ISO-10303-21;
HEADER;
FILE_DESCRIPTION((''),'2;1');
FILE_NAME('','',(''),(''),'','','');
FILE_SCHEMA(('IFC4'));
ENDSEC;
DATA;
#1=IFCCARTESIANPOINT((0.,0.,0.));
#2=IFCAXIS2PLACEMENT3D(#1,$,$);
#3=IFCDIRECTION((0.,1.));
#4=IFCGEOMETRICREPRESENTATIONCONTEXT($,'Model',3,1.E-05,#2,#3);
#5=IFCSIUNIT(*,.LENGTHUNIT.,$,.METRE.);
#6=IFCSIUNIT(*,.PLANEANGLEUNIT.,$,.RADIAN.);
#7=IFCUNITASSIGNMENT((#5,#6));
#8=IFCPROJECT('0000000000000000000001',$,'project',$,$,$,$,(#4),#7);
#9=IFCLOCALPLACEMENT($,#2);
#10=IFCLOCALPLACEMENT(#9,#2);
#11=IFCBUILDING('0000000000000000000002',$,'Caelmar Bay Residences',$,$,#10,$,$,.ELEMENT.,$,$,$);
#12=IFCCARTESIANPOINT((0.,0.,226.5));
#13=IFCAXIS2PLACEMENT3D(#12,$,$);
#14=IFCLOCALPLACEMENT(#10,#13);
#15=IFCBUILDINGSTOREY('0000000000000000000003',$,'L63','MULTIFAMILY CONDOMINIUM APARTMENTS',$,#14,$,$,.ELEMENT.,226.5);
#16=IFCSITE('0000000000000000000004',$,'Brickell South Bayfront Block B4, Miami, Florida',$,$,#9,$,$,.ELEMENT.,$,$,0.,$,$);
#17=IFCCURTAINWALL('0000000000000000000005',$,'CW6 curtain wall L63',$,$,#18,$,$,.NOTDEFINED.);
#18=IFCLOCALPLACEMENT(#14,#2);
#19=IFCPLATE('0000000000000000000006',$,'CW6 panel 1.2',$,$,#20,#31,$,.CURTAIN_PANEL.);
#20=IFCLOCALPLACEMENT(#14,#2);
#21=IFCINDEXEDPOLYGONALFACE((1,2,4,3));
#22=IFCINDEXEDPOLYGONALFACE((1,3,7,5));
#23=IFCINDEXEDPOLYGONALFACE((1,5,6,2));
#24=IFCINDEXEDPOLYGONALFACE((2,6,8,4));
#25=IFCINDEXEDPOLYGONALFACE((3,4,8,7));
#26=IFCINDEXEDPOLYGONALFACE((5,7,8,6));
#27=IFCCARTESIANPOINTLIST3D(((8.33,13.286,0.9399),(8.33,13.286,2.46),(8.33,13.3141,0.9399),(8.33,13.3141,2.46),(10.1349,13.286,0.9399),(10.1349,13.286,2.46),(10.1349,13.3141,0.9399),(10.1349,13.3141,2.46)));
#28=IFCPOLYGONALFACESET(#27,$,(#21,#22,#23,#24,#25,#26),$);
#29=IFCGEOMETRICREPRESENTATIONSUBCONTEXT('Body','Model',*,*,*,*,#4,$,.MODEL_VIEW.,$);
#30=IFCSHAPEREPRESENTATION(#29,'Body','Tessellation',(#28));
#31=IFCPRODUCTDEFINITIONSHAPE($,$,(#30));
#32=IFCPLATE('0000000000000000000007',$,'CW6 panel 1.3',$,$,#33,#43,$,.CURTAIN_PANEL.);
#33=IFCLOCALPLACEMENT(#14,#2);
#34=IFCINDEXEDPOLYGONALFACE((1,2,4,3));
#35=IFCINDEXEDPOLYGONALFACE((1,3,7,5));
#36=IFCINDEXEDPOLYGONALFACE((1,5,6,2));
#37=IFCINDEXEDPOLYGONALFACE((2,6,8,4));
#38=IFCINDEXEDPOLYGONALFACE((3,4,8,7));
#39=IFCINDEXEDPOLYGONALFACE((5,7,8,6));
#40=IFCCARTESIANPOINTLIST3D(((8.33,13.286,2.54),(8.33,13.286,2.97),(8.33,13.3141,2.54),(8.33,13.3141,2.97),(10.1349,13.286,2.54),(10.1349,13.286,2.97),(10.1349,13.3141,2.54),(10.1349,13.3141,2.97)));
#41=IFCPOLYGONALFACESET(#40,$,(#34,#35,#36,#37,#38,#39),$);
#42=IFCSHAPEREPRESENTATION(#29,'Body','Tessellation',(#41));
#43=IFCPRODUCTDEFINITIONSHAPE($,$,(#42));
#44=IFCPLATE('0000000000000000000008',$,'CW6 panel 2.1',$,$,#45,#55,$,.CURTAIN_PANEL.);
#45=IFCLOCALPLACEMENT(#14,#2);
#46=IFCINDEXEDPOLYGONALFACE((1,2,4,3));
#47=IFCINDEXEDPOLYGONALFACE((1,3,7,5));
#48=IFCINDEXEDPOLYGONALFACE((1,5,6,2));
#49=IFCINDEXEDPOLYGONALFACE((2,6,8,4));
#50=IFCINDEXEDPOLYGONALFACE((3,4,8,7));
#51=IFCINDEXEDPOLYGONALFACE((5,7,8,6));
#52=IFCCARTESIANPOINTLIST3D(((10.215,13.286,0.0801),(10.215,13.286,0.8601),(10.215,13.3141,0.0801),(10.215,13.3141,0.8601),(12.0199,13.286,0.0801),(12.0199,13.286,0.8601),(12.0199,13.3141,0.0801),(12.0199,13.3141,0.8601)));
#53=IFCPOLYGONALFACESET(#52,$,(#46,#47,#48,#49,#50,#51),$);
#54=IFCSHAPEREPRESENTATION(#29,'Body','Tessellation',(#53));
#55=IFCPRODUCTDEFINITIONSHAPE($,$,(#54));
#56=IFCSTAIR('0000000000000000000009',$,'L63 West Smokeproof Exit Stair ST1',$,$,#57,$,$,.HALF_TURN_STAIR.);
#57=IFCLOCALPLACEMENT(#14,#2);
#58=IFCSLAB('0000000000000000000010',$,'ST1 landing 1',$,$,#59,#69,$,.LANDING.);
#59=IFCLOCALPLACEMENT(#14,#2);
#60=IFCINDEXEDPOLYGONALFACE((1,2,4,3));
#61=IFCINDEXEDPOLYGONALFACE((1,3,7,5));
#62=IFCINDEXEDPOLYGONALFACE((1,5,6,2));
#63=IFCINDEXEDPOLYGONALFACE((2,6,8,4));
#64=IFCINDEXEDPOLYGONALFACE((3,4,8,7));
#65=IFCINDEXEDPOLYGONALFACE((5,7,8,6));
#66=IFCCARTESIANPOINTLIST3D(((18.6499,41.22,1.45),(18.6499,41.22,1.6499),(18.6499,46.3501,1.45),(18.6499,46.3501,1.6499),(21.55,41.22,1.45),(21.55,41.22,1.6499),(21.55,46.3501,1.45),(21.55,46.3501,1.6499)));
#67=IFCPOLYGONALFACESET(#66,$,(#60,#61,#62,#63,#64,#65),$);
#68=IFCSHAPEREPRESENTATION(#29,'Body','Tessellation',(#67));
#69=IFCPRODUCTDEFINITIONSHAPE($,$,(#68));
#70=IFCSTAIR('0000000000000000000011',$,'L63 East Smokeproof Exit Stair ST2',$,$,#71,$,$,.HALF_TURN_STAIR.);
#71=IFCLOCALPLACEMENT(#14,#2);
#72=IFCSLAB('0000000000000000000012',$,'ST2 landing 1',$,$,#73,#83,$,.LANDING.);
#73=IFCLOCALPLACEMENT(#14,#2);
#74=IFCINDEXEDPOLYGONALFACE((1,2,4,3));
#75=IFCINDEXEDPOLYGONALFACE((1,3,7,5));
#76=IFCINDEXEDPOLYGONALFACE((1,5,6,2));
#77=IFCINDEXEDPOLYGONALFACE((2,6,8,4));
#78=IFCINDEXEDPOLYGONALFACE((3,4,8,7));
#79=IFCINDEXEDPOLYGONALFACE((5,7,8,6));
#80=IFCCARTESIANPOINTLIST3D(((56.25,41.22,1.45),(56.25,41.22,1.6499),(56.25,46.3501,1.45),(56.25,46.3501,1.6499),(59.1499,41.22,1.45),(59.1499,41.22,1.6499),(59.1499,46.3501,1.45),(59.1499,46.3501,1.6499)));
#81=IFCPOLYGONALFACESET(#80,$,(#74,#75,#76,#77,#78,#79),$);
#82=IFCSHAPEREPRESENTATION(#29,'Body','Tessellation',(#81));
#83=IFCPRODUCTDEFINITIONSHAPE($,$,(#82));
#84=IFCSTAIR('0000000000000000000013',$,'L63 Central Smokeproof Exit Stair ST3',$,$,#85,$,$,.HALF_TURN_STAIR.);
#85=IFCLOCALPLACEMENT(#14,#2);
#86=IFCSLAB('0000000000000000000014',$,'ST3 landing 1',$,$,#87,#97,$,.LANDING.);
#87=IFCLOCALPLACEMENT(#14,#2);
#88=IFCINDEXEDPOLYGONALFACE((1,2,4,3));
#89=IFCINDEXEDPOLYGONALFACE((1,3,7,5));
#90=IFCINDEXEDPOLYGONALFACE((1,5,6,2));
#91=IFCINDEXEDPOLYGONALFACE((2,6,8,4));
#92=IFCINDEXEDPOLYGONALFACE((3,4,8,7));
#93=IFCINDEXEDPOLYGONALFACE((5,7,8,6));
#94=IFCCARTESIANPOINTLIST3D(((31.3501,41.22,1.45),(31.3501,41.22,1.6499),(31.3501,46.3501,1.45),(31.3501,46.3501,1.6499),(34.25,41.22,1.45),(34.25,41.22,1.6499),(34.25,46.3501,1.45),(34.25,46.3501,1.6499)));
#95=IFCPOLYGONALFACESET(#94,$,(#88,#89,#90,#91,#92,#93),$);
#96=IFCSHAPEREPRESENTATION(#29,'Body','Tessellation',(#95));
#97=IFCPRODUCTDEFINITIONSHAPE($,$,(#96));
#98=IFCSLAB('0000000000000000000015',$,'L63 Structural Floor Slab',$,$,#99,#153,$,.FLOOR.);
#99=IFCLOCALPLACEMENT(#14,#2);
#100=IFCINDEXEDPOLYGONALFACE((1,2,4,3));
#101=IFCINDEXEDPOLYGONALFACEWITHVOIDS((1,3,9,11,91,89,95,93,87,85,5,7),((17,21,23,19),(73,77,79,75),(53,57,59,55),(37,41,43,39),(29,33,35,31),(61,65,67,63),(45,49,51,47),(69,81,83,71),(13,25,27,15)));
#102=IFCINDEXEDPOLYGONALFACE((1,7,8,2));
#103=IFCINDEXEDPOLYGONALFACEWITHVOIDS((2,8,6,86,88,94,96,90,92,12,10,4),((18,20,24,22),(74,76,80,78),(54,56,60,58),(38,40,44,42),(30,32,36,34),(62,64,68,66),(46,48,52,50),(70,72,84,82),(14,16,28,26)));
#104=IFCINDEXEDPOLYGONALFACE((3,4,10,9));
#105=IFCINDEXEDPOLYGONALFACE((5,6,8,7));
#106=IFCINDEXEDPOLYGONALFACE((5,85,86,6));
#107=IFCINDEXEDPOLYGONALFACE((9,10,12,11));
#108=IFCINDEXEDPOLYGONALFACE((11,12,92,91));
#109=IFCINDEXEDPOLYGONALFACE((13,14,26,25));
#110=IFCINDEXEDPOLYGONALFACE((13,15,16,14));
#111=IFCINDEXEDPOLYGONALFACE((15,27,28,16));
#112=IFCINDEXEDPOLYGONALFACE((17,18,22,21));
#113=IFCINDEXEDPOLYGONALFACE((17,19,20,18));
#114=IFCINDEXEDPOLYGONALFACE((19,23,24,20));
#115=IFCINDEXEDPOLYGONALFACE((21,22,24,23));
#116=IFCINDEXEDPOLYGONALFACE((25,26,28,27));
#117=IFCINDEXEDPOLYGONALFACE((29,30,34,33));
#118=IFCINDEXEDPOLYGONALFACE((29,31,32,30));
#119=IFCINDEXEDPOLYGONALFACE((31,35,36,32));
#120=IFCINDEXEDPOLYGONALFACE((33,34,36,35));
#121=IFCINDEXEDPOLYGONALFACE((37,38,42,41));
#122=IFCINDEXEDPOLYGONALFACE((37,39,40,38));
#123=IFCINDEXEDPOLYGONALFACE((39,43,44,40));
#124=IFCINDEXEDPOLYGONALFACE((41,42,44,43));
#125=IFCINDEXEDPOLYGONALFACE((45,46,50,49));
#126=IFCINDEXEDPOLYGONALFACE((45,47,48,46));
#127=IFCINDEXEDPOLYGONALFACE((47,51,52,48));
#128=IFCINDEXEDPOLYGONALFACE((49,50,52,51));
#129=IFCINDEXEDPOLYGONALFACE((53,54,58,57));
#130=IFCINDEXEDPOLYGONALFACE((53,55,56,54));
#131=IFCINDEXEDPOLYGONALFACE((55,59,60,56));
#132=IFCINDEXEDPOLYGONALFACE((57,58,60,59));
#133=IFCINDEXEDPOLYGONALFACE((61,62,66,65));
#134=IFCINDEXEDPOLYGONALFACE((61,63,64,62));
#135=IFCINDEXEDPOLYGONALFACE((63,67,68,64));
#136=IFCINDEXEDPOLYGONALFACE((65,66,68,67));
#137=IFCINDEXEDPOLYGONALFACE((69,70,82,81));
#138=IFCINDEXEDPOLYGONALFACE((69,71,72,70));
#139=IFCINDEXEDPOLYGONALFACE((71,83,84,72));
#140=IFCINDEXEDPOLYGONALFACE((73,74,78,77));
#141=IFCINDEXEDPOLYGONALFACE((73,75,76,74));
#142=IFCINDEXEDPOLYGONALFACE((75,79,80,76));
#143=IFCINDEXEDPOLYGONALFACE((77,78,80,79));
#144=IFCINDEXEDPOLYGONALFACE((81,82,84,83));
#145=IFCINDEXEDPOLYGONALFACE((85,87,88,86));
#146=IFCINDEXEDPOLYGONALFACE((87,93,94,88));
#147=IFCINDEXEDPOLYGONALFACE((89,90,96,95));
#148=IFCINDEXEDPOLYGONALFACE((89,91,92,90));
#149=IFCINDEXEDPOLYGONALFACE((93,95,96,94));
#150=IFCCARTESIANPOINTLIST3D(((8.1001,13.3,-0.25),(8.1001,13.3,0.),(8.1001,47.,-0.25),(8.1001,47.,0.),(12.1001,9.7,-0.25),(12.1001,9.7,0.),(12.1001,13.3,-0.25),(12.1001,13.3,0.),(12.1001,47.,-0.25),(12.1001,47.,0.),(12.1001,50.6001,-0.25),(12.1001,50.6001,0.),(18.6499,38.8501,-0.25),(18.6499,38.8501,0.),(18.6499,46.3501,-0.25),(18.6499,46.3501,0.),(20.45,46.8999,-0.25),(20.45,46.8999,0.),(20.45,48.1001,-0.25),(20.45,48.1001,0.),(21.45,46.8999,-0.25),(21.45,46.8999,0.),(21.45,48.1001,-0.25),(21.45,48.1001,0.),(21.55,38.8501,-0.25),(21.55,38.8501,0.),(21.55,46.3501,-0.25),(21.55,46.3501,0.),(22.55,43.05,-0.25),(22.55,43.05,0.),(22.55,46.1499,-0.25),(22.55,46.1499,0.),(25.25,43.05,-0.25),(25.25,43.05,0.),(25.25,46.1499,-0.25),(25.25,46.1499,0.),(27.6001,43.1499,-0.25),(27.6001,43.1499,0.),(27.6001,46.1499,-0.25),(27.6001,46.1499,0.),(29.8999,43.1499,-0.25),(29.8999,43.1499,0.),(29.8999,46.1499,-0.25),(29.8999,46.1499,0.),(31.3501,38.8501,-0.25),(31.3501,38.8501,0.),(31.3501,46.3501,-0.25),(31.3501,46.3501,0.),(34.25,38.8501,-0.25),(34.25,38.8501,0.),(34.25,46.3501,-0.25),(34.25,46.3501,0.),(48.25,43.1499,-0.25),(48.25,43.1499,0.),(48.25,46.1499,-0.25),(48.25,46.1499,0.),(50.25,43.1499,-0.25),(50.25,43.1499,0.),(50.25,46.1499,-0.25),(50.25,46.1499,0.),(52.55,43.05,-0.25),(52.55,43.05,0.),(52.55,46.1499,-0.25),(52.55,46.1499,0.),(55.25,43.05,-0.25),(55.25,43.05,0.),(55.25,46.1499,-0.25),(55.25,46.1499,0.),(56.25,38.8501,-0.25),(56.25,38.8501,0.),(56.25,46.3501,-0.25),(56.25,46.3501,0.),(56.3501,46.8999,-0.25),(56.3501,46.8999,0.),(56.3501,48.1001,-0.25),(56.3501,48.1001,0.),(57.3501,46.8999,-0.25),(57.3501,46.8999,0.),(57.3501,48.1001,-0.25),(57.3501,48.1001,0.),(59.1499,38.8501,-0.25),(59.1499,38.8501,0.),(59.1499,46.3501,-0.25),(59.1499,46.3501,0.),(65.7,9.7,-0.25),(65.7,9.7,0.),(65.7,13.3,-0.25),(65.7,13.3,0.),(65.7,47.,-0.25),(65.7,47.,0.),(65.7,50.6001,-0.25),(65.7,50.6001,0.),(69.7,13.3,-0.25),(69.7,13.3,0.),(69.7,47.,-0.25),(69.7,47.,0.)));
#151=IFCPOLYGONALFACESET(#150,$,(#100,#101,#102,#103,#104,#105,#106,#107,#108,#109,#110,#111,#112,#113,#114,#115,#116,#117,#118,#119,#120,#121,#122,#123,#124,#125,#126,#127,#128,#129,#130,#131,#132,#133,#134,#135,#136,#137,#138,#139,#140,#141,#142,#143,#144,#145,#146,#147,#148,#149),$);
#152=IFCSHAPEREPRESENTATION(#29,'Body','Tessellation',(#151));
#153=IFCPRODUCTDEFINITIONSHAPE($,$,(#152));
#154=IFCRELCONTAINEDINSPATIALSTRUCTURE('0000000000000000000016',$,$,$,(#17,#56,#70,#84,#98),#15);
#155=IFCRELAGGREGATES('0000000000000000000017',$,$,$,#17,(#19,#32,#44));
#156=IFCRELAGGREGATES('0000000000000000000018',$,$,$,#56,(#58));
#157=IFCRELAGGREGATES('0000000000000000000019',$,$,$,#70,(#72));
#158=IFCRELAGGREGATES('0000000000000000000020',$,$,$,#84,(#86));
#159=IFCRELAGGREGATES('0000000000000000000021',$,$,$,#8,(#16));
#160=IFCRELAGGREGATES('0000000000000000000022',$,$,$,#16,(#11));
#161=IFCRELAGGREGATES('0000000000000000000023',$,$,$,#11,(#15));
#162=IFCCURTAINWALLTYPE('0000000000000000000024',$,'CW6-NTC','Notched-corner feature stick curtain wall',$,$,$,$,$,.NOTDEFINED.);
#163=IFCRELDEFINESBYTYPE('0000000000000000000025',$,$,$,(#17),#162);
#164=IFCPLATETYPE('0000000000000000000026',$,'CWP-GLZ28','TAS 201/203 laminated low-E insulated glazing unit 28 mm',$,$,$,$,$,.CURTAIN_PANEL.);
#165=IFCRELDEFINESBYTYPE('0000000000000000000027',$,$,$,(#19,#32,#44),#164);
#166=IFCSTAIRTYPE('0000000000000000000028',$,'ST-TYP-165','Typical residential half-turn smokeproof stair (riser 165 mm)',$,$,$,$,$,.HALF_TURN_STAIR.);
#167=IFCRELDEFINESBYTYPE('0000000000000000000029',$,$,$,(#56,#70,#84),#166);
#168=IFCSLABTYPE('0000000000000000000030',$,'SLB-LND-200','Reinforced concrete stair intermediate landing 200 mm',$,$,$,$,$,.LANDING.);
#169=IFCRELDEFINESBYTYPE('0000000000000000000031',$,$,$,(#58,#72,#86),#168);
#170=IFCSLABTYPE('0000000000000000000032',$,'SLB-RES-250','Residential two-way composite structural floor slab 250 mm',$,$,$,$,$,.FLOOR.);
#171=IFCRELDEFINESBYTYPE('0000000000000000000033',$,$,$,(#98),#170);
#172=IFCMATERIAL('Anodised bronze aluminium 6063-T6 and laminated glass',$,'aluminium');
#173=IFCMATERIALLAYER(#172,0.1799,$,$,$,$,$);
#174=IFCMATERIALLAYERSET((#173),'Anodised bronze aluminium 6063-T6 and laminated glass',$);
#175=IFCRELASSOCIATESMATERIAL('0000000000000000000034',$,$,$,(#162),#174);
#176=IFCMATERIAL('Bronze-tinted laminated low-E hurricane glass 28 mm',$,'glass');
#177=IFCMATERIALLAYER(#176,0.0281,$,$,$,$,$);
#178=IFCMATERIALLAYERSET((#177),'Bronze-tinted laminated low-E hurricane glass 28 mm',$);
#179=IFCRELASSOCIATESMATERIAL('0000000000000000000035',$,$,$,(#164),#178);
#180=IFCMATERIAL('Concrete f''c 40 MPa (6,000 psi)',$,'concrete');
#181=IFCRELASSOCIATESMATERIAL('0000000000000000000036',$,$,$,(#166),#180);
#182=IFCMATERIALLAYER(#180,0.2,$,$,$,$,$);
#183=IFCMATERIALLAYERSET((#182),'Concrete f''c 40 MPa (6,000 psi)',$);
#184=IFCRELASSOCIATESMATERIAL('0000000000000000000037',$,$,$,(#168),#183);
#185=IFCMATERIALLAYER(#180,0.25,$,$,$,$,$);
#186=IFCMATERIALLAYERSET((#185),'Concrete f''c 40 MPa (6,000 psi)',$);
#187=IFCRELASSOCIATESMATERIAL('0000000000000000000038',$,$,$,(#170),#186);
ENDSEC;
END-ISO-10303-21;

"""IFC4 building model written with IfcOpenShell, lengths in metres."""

from ifc_helpers import new_model, si_unit, direction, frame, origin, origin_2d, place, context, subcontext, project, spatial, polyline, rectangle, outline, extrude, material, layer, layer_set, type_object, element, aggregate, save


model = new_model("IFC4")

# Units and contexts
model_context = context("Model", 3, precision=1e-05, world=origin(), true_north=direction((0.0, 1.0)))
body_context = subcontext(model_context, "Body", "Model", "MODEL_VIEW")
ifc_project = project(units=[si_unit("LENGTHUNIT", "METRE"), si_unit("PLANEANGLEUNIT", "RADIAN")], contexts=[model_context])

# Site, building, storey
site_placement = place(None, origin())
site = spatial("IfcSite", under=ifc_project, at=site_placement, Name="Brickell South Bayfront Block B4, Miami, Florida", CompositionType="ELEMENT", RefElevation=0.0)
building_placement = place(site_placement, origin())
building = spatial("IfcBuilding", under=site, at=building_placement, Name="Caelmar Bay Residences", CompositionType="ELEMENT")
storey_placement = place(building_placement, frame((0.0, 0.0, 226.5)))
storey = spatial("IfcBuildingStorey", under=building, at=storey_placement, Name="L63", Description="MULTIFAMILY CONDOMINIUM APARTMENTS", CompositionType="ELEMENT", Elevation=226.5)

# Curtain wall
ifc_material_1 = material(Name="Anodised bronze aluminium 6063-T6 and laminated glass", Category="aluminium")
ifc_layer_1 = layer(ifc_material_1, 0.1799)
ifc_layer_set_1 = layer_set([ifc_layer_1], Name="Anodised bronze aluminium 6063-T6 and laminated glass")
curtain_wall_type_1 = type_object("IfcCurtainWallType", Name="CW6-NTC", Description="Notched-corner feature stick curtain wall", PredefinedType="NOTDEFINED", material=ifc_layer_set_1)
curtain_wall_1_placement = place(storey_placement, origin())
curtain_wall_1 = element("IfcCurtainWall", 1, at=curtain_wall_1_placement, inside=storey, type_object=curtain_wall_type_1, Name="CW6 curtain wall L63", PredefinedType="NOTDEFINED")

# Plates
ifc_material_2 = material(Name="Bronze-tinted laminated low-E hurricane glass 28 mm", Category="glass")
ifc_layer_2 = layer(ifc_material_2, 0.0281)
ifc_layer_set_2 = layer_set([ifc_layer_2], Name="Bronze-tinted laminated low-E hurricane glass 28 mm")
plate_type = type_object("IfcPlateType", Name="CWP-GLZ28", Description="TAS 201/203 laminated low-E insulated glazing unit 28 mm", PredefinedType="CURTAIN_PANEL", material=ifc_layer_set_2)
plate_1_placement = place(storey_placement, frame((9.2324, 13.3, 0.9399), z_axis=(0.0, 0.0, 1.0), x_axis=(1.0, 0.0, 0.0)))
plate_1 = element("IfcPlate", 2, at=plate_1_placement, type_object=plate_type, Name="CW6 panel 1.2", PredefinedType="CURTAIN_PANEL", context=body_context, shape_type="SweptSolid", body=[
    extrude(rectangle(XDim=1.8049, YDim=0.0281, at=origin_2d()), origin(), (0.0, 0.0, 1.0), 1.52),
])
plate_2_placement = place(storey_placement, frame((9.2324, 13.3, 2.54), z_axis=(0.0, 0.0, 1.0), x_axis=(1.0, 0.0, 0.0)))
plate_2 = element("IfcPlate", 3, at=plate_2_placement, type_object=plate_type, Name="CW6 panel 1.3", PredefinedType="CURTAIN_PANEL", context=body_context, shape_type="SweptSolid", body=[
    extrude(rectangle(XDim=1.8049, YDim=0.0281, at=origin_2d()), origin(), (0.0, 0.0, 1.0), 0.4299),
])
plate_3_placement = place(storey_placement, frame((11.1174, 13.3, 0.0801), z_axis=(0.0, 0.0, 1.0), x_axis=(1.0, 0.0, 0.0)))
plate_3 = element("IfcPlate", 4, at=plate_3_placement, type_object=plate_type, Name="CW6 panel 2.1", PredefinedType="CURTAIN_PANEL", context=body_context, shape_type="SweptSolid", body=[
    extrude(rectangle(XDim=1.8049, YDim=0.0281, at=origin_2d()), origin(), (0.0, 0.0, 1.0), 0.78),
])
aggregate(curtain_wall_1, [plate_1, plate_2, plate_3])

# Stairs, slabs
ifc_material_3 = material(Name="Concrete f'c 40 MPa (6,000 psi)", Category="concrete")
stair_type = type_object("IfcStairType", Name="ST-TYP-165", Description="Typical residential half-turn smokeproof stair (riser 165 mm)", PredefinedType="HALF_TURN_STAIR", material=ifc_material_3)
stair_1_placement = place(storey_placement, origin())
stair_1 = element("IfcStair", 5, at=stair_1_placement, inside=storey, type_object=stair_type, Name="L63 West Smokeproof Exit Stair ST1", PredefinedType="HALF_TURN_STAIR")
ifc_layer_3 = layer(ifc_material_3, 0.2)
ifc_layer_set_3 = layer_set([ifc_layer_3], Name="Concrete f'c 40 MPa (6,000 psi)")
slab_type_1 = type_object("IfcSlabType", Name="SLB-LND-200", Description="Reinforced concrete stair intermediate landing 200 mm", PredefinedType="LANDING", material=ifc_layer_set_3)
slab_1_placement = place(storey_placement, frame((0.0, 0.0, 1.45)))
slab_1 = element("IfcSlab", 6, at=slab_1_placement, type_object=slab_type_1, Name="ST1 landing 1", PredefinedType="LANDING", context=body_context, shape_type="SweptSolid", body=[
    extrude(outline(polyline([(21.55, 41.22), (21.55, 46.3501), (18.6499, 46.3501), (18.6499, 41.22), (21.55, 41.22)])), origin(), (0.0, 0.0, 1.0), 0.2),
])
aggregate(stair_1, [slab_1])
stair_2_placement = place(storey_placement, origin())
stair_2 = element("IfcStair", 7, at=stair_2_placement, inside=storey, type_object=stair_type, Name="L63 East Smokeproof Exit Stair ST2", PredefinedType="HALF_TURN_STAIR")
slab_2_placement = place(storey_placement, frame((0.0, 0.0, 1.45)))
slab_2 = element("IfcSlab", 8, at=slab_2_placement, type_object=slab_type_1, Name="ST2 landing 1", PredefinedType="LANDING", context=body_context, shape_type="SweptSolid", body=[
    extrude(outline(polyline([(59.1499, 41.22), (59.1499, 46.3501), (56.25, 46.3501), (56.25, 41.22), (59.1499, 41.22)])), origin(), (0.0, 0.0, 1.0), 0.2),
])
aggregate(stair_2, [slab_2])
stair_3_placement = place(storey_placement, origin())
stair_3 = element("IfcStair", 9, at=stair_3_placement, inside=storey, type_object=stair_type, Name="L63 Central Smokeproof Exit Stair ST3", PredefinedType="HALF_TURN_STAIR")
slab_3_placement = place(storey_placement, frame((0.0, 0.0, 1.45)))
slab_3 = element("IfcSlab", 10, at=slab_3_placement, type_object=slab_type_1, Name="ST3 landing 1", PredefinedType="LANDING", context=body_context, shape_type="SweptSolid", body=[
    extrude(outline(polyline([(34.25, 41.22), (34.25, 46.3501), (31.3501, 46.3501), (31.3501, 41.22), (34.25, 41.22)])), origin(), (0.0, 0.0, 1.0), 0.2),
])
aggregate(stair_3, [slab_3])

# Slab
ifc_layer_4 = layer(ifc_material_3, 0.25)
ifc_layer_set_4 = layer_set([ifc_layer_4], Name="Concrete f'c 40 MPa (6,000 psi)")
slab_type_2 = type_object("IfcSlabType", Name="SLB-RES-250", Description="Residential two-way composite structural floor slab 250 mm", PredefinedType="FLOOR", material=ifc_layer_set_4)
slab_4_placement = place(storey_placement, frame((0.0, 0.0, -0.25)))
element("IfcSlab", 11, at=slab_4_placement, inside=storey, type_object=slab_type_2, Name="L63 Structural Floor Slab", PredefinedType="FLOOR", context=body_context, shape_type="SweptSolid", body=[
    extrude(outline(polyline([(12.1001, 9.7), (65.7, 9.7), (65.7, 13.3), (69.7, 13.3), (69.7, 47.0), (65.7, 47.0), (65.7, 50.6001), (12.1001, 50.6001), (12.1001, 47.0), (8.1001, 47.0), (8.1001, 13.3), (12.1001, 13.3), (12.1001, 9.7)]), holes=[polyline([(18.6499, 38.8501), (21.55, 38.8501), (21.55, 46.3501), (18.6499, 46.3501), (18.6499, 38.8501)]), polyline([(56.25, 38.8501), (59.1499, 38.8501), (59.1499, 46.3501), (56.25, 46.3501), (56.25, 38.8501)]), polyline([(31.3501, 38.8501), (34.25, 38.8501), (34.25, 46.3501), (31.3501, 46.3501), (31.3501, 38.8501)]), polyline([(22.55, 43.05), (25.25, 43.05), (25.25, 46.1499), (22.55, 46.1499), (22.55, 43.05)]), polyline([(52.55, 43.05), (55.25, 43.05), (55.25, 46.1499), (52.55, 46.1499), (52.55, 43.05)]), polyline([(48.25, 43.1499), (50.25, 43.1499), (50.25, 46.1499), (48.25, 46.1499), (48.25, 43.1499)]), polyline([(27.6001, 43.1499), (29.8999, 43.1499), (29.8999, 46.1499), (27.6001, 46.1499), (27.6001, 43.1499)]), polyline([(20.45, 46.8999), (21.45, 46.8999), (21.45, 48.1001), (20.45, 48.1001), (20.45, 46.8999)]), polyline([(56.3501, 46.8999), (57.3501, 46.8999), (57.3501, 48.1001), (56.3501, 48.1001), (56.3501, 46.8999)])]), origin(), (0.0, 0.0, 1.0), 0.25),
])

save(model, "model.ifc")
